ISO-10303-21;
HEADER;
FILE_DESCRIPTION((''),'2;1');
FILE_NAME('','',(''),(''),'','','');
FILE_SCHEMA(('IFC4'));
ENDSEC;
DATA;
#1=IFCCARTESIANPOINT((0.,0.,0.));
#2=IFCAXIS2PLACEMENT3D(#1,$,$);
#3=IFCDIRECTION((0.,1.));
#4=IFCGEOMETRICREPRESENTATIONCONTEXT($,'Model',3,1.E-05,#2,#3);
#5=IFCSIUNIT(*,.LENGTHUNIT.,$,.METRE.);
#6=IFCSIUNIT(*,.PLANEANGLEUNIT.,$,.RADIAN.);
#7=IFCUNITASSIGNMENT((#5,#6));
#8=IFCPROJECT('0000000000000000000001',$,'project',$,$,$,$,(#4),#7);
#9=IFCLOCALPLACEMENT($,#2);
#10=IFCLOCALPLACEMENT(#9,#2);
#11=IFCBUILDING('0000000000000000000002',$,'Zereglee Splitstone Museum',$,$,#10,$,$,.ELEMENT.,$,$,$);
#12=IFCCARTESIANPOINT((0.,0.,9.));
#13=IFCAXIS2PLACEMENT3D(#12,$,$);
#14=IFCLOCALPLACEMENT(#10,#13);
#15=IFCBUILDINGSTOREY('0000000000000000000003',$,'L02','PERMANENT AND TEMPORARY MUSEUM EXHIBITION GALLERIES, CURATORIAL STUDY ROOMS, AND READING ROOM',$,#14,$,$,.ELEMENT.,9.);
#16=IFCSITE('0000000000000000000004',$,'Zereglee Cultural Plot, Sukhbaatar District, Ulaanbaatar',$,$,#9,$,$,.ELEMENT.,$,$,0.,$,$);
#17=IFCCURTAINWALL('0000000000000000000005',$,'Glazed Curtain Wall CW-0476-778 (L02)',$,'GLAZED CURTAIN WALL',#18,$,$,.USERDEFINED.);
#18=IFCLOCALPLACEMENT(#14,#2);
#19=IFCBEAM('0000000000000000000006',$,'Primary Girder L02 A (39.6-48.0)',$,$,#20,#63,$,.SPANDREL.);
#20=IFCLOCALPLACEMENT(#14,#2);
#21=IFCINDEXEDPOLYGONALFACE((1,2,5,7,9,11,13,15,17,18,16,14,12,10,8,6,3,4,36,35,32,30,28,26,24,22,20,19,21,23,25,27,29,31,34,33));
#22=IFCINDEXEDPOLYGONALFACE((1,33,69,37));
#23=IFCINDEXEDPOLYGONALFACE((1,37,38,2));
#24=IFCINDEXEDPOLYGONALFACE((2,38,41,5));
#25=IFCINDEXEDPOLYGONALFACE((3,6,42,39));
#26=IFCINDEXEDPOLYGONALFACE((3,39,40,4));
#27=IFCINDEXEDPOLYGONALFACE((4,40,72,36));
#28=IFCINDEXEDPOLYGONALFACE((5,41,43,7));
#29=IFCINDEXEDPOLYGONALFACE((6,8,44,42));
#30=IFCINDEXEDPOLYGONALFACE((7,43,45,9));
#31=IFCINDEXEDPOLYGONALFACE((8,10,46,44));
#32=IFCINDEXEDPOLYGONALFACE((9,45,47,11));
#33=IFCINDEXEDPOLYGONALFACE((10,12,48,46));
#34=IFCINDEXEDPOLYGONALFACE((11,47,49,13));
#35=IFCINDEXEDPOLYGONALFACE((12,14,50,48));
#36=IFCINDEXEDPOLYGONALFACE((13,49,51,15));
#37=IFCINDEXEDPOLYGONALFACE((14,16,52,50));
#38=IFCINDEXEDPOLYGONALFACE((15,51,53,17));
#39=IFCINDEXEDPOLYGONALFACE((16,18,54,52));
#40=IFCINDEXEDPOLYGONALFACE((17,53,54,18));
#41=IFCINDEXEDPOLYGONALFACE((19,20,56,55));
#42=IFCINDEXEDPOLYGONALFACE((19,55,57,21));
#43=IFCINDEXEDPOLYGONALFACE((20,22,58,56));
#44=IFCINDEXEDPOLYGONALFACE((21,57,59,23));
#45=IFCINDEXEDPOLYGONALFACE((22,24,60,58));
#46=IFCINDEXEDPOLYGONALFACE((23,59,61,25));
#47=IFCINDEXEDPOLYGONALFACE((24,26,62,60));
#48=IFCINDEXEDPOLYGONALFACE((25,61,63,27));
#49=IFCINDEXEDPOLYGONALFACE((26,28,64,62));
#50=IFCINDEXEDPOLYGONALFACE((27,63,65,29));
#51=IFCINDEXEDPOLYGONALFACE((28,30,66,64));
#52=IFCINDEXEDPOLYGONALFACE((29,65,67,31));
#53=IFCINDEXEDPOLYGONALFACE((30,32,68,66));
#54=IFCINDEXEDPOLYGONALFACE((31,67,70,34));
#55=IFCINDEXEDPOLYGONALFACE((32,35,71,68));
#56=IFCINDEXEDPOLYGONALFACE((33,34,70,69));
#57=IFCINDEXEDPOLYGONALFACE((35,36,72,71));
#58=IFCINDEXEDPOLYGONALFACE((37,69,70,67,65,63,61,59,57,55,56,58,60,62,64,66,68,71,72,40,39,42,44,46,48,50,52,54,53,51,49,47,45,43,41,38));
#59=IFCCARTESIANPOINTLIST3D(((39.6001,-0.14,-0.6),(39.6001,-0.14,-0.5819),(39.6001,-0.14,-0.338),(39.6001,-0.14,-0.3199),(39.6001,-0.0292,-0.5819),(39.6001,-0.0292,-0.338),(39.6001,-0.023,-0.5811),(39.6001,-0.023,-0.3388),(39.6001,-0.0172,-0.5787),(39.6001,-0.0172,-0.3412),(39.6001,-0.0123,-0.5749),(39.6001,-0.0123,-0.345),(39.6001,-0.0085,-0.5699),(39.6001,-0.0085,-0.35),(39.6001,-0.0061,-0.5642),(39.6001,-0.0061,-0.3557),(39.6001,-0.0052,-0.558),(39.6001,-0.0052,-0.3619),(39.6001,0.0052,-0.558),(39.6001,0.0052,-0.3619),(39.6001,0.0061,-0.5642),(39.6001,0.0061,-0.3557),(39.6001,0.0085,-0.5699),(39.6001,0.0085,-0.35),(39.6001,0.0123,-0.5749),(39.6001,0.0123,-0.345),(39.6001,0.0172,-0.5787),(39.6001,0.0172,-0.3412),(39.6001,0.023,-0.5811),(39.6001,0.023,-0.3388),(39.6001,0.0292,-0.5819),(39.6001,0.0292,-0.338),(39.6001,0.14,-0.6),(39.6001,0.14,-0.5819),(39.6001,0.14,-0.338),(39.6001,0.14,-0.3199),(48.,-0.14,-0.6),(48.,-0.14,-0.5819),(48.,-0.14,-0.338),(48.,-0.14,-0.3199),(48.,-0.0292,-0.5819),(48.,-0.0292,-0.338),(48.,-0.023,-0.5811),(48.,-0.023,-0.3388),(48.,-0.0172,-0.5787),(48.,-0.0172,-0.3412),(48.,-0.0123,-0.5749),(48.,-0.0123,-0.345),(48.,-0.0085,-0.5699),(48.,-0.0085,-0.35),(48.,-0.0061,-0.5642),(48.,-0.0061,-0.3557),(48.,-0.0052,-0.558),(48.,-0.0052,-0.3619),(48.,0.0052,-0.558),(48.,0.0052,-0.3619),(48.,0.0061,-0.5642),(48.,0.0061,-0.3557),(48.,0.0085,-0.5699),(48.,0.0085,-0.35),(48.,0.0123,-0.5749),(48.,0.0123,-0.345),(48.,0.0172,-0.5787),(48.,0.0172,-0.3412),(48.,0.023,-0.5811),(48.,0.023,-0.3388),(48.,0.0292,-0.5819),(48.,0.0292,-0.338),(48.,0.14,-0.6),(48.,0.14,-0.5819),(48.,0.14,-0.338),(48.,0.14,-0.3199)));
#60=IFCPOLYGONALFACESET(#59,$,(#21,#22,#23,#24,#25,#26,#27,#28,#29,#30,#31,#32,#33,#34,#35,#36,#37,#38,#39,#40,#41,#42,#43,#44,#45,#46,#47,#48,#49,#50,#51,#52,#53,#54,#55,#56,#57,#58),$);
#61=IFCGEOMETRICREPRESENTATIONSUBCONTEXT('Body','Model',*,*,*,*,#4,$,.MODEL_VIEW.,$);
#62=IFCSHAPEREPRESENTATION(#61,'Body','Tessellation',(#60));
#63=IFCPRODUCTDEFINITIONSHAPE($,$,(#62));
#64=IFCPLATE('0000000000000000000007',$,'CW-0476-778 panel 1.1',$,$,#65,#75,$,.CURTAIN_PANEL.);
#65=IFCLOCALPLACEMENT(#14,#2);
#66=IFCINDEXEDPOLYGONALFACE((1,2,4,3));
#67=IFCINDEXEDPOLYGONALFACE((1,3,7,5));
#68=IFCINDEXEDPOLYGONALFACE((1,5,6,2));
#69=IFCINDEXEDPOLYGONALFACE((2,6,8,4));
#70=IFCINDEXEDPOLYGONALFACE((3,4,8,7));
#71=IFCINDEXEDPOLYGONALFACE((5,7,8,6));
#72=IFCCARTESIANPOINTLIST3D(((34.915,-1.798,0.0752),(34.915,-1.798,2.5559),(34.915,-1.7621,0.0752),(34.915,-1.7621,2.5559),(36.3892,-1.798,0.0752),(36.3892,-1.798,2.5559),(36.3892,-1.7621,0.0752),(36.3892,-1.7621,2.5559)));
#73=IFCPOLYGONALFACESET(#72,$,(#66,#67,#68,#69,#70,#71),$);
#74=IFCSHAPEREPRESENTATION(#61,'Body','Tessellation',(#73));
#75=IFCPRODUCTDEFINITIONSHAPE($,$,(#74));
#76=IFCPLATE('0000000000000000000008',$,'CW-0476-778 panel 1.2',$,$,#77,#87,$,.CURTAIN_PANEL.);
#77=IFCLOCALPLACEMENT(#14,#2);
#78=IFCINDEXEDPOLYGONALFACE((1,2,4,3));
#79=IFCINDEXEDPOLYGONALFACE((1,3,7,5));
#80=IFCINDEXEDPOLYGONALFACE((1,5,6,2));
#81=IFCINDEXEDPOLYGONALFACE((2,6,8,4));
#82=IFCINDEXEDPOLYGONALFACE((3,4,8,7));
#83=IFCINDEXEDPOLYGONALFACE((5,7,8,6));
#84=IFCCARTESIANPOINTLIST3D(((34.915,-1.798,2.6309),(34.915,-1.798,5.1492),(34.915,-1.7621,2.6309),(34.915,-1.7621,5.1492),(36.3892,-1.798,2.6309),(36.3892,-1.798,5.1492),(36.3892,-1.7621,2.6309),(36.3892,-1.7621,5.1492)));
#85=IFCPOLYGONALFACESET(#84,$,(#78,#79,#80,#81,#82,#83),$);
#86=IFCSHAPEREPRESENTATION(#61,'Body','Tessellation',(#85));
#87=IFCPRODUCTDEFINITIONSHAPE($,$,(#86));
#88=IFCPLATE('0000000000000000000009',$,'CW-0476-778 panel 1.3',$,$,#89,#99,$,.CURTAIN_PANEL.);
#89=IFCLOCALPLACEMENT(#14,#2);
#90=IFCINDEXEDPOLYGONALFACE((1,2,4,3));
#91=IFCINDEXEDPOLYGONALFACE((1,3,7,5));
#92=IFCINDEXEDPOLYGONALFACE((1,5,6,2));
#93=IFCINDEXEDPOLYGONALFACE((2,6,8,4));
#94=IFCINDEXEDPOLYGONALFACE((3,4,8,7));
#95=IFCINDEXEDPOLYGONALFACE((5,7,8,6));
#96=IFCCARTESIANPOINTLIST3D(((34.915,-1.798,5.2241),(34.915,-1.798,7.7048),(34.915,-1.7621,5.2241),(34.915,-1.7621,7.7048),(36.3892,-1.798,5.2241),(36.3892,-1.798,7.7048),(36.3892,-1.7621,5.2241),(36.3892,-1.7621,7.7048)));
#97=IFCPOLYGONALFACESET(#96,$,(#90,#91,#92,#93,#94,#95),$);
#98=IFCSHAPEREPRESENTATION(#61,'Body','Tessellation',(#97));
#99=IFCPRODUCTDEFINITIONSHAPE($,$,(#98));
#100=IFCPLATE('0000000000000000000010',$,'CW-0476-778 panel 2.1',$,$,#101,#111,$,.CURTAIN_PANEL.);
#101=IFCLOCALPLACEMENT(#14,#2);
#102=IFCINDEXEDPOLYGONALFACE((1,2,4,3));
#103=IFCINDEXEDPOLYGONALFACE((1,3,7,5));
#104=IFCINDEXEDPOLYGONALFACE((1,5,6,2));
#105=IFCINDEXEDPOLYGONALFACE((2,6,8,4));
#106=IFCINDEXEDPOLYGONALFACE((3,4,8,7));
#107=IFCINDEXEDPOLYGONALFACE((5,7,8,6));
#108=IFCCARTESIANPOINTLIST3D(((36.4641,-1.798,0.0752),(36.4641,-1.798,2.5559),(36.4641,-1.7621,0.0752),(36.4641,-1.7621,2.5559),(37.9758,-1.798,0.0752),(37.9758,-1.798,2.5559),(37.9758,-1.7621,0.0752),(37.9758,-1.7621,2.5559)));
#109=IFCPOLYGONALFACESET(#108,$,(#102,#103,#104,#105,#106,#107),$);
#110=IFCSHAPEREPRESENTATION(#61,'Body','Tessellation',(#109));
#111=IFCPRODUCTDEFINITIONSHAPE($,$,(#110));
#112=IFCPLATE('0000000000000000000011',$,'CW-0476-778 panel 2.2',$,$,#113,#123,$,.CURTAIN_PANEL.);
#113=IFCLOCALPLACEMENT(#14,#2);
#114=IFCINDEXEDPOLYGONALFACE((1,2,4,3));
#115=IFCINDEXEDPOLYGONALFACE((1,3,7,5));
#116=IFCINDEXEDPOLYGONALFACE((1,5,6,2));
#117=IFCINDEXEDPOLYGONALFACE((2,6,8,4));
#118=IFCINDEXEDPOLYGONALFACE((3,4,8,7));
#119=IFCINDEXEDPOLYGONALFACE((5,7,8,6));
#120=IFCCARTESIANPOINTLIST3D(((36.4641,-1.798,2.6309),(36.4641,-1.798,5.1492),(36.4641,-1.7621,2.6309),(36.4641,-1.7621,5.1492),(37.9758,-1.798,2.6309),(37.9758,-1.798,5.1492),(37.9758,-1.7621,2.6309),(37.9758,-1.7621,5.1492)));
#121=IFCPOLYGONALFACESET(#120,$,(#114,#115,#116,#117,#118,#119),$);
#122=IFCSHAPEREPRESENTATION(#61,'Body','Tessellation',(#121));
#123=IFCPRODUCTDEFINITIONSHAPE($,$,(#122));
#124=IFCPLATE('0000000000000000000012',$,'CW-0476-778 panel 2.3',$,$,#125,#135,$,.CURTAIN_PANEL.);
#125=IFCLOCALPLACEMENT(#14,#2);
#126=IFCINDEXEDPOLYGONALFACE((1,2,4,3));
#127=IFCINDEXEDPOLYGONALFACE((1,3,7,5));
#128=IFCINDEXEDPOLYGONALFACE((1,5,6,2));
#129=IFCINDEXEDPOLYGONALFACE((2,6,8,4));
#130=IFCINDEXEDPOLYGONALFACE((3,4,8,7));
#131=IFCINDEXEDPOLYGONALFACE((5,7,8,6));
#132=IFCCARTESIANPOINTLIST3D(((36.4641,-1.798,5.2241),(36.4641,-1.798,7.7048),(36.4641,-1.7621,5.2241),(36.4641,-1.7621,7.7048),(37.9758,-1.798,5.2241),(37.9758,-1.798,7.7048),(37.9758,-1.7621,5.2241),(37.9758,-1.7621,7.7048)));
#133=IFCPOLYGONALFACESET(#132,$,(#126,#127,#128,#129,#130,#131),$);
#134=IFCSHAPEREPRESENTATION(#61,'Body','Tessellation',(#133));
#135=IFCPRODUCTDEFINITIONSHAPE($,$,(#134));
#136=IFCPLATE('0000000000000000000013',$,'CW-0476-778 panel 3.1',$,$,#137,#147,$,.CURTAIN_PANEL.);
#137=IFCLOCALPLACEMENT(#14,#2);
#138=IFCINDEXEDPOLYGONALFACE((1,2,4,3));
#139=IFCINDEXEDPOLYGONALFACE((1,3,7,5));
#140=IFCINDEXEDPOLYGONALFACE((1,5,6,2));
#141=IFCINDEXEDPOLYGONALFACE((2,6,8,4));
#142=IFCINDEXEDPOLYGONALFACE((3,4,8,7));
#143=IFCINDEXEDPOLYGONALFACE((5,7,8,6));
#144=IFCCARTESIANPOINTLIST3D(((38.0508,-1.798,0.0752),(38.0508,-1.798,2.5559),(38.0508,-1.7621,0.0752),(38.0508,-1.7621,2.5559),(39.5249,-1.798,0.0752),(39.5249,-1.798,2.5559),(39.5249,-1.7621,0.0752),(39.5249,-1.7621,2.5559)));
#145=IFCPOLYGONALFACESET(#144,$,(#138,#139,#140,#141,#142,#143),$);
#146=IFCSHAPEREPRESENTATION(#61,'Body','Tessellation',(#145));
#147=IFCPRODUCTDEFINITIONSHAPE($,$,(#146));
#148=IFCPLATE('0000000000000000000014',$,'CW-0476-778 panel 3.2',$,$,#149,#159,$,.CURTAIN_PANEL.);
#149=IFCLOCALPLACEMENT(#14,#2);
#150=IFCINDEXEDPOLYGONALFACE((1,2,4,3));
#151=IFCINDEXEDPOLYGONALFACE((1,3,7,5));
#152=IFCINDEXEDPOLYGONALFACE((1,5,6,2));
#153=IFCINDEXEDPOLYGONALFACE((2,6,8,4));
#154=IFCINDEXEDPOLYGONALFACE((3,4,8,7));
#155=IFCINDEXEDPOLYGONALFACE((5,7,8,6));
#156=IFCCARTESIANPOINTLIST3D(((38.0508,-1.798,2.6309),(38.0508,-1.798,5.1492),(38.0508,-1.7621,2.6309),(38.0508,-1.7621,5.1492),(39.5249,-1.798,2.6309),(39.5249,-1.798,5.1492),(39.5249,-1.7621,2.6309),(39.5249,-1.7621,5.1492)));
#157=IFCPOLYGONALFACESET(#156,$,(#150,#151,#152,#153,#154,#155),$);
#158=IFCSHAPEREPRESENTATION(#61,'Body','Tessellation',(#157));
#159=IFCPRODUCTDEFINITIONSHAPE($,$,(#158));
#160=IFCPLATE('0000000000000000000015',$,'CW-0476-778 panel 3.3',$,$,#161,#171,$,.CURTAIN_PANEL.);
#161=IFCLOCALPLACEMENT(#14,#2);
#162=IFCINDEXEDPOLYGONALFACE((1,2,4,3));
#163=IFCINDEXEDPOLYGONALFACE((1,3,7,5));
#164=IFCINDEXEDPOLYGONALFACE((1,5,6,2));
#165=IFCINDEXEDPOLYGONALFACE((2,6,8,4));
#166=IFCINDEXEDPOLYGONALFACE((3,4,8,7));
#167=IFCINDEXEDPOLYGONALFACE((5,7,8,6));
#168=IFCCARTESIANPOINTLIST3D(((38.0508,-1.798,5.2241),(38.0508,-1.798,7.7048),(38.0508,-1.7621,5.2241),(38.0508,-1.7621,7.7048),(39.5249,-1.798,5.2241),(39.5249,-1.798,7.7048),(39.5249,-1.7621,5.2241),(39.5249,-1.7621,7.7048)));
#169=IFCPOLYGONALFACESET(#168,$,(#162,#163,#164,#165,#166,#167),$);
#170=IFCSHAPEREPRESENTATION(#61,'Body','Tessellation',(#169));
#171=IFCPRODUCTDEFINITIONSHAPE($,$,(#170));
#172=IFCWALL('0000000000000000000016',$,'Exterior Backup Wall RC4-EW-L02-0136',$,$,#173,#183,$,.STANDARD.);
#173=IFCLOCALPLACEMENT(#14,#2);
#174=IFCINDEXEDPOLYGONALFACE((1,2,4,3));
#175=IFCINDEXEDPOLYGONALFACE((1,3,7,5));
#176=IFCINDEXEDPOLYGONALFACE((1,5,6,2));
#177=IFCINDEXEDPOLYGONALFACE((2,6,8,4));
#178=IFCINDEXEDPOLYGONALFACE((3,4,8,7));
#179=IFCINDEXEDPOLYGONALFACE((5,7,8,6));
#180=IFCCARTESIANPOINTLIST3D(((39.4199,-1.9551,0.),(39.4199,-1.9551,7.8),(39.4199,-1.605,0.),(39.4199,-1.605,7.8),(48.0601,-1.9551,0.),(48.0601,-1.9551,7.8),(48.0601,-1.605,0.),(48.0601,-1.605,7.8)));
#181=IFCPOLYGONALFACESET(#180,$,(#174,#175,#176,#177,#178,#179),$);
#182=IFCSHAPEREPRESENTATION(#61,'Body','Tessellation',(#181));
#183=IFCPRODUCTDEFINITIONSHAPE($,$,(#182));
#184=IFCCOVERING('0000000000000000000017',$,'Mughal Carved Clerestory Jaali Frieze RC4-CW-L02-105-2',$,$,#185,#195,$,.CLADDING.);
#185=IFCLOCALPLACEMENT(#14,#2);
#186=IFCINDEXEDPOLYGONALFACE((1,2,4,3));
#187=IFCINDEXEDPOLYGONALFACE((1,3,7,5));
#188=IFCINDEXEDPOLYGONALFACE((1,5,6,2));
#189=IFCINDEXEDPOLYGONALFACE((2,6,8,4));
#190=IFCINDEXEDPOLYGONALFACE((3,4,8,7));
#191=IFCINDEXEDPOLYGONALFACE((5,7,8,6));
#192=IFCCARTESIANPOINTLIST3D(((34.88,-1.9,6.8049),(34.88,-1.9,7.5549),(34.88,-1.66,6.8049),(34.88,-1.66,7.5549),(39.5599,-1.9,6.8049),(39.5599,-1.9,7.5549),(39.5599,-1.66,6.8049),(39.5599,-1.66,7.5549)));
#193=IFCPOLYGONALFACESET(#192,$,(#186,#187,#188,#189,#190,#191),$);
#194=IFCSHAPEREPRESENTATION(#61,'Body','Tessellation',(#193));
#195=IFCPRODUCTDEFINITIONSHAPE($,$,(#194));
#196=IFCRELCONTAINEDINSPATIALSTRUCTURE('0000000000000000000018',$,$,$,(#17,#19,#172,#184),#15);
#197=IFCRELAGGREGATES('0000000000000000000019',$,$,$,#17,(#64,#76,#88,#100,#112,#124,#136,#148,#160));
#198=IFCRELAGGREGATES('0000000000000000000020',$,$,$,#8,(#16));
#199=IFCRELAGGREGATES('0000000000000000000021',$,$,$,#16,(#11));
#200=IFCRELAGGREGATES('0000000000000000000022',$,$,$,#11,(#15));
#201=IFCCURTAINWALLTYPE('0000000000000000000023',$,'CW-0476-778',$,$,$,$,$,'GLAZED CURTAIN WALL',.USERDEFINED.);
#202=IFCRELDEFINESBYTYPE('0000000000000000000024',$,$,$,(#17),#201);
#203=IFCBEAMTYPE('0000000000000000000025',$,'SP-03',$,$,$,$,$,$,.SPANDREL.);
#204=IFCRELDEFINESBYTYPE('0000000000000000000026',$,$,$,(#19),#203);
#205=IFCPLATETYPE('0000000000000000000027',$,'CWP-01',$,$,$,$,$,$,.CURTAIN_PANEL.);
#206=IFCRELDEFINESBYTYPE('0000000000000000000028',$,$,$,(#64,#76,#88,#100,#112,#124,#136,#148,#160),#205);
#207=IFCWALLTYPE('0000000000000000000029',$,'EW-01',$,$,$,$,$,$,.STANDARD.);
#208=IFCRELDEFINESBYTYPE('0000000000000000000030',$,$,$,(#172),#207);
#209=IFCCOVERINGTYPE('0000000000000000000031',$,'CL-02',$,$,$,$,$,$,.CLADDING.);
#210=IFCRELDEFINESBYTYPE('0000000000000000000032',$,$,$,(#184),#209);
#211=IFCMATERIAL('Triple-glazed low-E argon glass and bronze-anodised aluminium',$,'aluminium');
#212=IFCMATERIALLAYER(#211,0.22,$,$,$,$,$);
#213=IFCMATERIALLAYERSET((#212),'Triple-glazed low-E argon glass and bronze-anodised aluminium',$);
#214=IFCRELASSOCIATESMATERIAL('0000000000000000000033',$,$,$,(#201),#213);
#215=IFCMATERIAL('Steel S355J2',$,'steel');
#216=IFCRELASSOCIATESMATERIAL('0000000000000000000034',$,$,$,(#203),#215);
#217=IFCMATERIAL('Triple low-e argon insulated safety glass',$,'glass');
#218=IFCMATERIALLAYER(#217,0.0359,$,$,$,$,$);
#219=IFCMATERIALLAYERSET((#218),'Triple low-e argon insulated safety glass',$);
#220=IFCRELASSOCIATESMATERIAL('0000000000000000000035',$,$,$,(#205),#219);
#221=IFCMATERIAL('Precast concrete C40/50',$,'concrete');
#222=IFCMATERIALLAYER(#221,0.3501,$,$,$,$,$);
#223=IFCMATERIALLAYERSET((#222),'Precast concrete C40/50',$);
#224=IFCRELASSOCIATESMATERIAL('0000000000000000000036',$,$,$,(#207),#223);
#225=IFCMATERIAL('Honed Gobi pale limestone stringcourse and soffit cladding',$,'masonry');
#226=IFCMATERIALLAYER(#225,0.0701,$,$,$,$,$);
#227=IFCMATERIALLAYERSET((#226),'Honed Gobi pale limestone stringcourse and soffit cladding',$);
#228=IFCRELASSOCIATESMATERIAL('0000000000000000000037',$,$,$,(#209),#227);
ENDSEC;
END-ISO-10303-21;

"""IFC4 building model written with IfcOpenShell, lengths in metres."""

from ifc_helpers import new_model, si_unit, direction, frame, frame_2d, origin, origin_2d, place, context, subcontext, project, spatial, rectangle, i_section, extrude, material, layer, layer_set, material_profile, profile_set, type_object, element, aggregate, save


model = new_model("IFC4")

# Units and contexts
model_context = context("Model", 3, precision=1e-05, world=origin(), true_north=direction((0.0, 1.0)))
body_context = subcontext(model_context, "Body", "Model", "MODEL_VIEW")
ifc_project = project(units=[si_unit("LENGTHUNIT", "METRE"), si_unit("PLANEANGLEUNIT", "RADIAN")], contexts=[model_context])

# Site, building, storey
site_placement = place(None, origin())
site = spatial("IfcSite", under=ifc_project, at=site_placement, Name="Zereglee Cultural Plot, Sukhbaatar District, Ulaanbaatar", CompositionType="ELEMENT", RefElevation=0.0)
building_placement = place(site_placement, origin())
building = spatial("IfcBuilding", under=site, at=building_placement, Name="Zereglee Splitstone Museum", CompositionType="ELEMENT")
storey_placement = place(building_placement, frame((0.0, 0.0, 9.0)))
storey = spatial("IfcBuildingStorey", under=building, at=storey_placement, Name="L02", Description="PERMANENT AND TEMPORARY MUSEUM EXHIBITION GALLERIES, CURATORIAL STUDY ROOMS, AND READING ROOM", CompositionType="ELEMENT", Elevation=9.0)

# Shared definitions
ifc_material_1 = material(Name="Steel S355J2", Category="steel")

# Curtain wall
ifc_material_2 = material(Name="Triple-glazed low-E argon glass and bronze-anodised aluminium", Category="aluminium")
ifc_layer_1 = layer(ifc_material_2, 0.22)
ifc_layer_set_1 = layer_set([ifc_layer_1], Name="Triple-glazed low-E argon glass and bronze-anodised aluminium")
curtain_wall_type = type_object("IfcCurtainWallType", Name="CW-0476-778", ElementType="GLAZED CURTAIN WALL", PredefinedType="USERDEFINED", material=ifc_layer_set_1)
curtain_wall_placement = place(storey_placement, origin())
curtain_wall = element("IfcCurtainWall", 1, at=curtain_wall_placement, inside=storey, type_object=curtain_wall_type, Name="Glazed Curtain Wall CW-0476-778 (L02)", ObjectType="GLAZED CURTAIN WALL", PredefinedType="USERDEFINED")

# Beam
ifc_material_profile_1 = material_profile(ifc_material_1, i_section(OverallWidth=0.28, OverallDepth=0.28, WebThickness=0.0105, FlangeThickness=0.0181, FilletRadius=0.0239, at=origin_2d()), Name="HE 280 B")
ifc_profile_set_1 = profile_set([ifc_material_profile_1], Name="Steel S355J2")
beam_type_1 = type_object("IfcBeamType", Name="SP-03", PredefinedType="SPANDREL", material=ifc_profile_set_1)
beam_1_placement = place(storey_placement, frame((39.6001, 0.0, -0.46), z_axis=(1.0, 0.0, 0.0), x_axis=(0.0, 1.0, 0.0)))
element("IfcBeam", 2, at=beam_1_placement, inside=storey, type_object=beam_type_1, Name="Primary Girder L02 A (39.6-48.0)", PredefinedType="SPANDREL", context=body_context, shape_type="SweptSolid", body=[
    extrude(i_section(OverallWidth=0.28, OverallDepth=0.28, WebThickness=0.0105, FlangeThickness=0.0181, FilletRadius=0.0239, at=origin_2d()), origin(), (0.0, 0.0, 1.0), 8.3999),
])

# Plates
ifc_material_3 = material(Name="Triple low-e argon insulated safety glass", Category="glass")
ifc_layer_2 = layer(ifc_material_3, 0.0359)
ifc_layer_set_2 = layer_set([ifc_layer_2], Name="Triple low-e argon insulated safety glass")
plate_type = type_object("IfcPlateType", Name="CWP-01", PredefinedType="CURTAIN_PANEL", material=ifc_layer_set_2)
plate_1_placement = place(storey_placement, frame((35.6521, -1.78, 0.0752), z_axis=(0.0, 0.0, 1.0), x_axis=(1.0, 0.0, 0.0)))
plate_1 = element("IfcPlate", 3, at=plate_1_placement, type_object=plate_type, Name="CW-0476-778 panel 1.1", PredefinedType="CURTAIN_PANEL", context=body_context, shape_type="SweptSolid", body=[
    extrude(rectangle(XDim=1.4741, YDim=0.0359, at=origin_2d()), origin(), (0.0, 0.0, 1.0), 2.4807),
])
plate_2_placement = place(storey_placement, frame((35.6521, -1.78, 2.6309), z_axis=(0.0, 0.0, 1.0), x_axis=(1.0, 0.0, 0.0)))
plate_2 = element("IfcPlate", 4, at=plate_2_placement, type_object=plate_type, Name="CW-0476-778 panel 1.2", PredefinedType="CURTAIN_PANEL", context=body_context, shape_type="SweptSolid", body=[
    extrude(rectangle(XDim=1.4741, YDim=0.0359, at=origin_2d()), origin(), (0.0, 0.0, 1.0), 2.5183),
])
plate_3_placement = place(storey_placement, frame((35.6521, -1.78, 5.2241), z_axis=(0.0, 0.0, 1.0), x_axis=(1.0, 0.0, 0.0)))
plate_3 = element("IfcPlate", 5, at=plate_3_placement, type_object=plate_type, Name="CW-0476-778 panel 1.3", PredefinedType="CURTAIN_PANEL", context=body_context, shape_type="SweptSolid", body=[
    extrude(rectangle(XDim=1.4741, YDim=0.0359, at=origin_2d()), origin(), (0.0, 0.0, 1.0), 2.4807),
])
plate_4_placement = place(storey_placement, frame((37.22, -1.78, 0.0752), z_axis=(0.0, 0.0, 1.0), x_axis=(1.0, 0.0, 0.0)))
plate_4 = element("IfcPlate", 6, at=plate_4_placement, type_object=plate_type, Name="CW-0476-778 panel 2.1", PredefinedType="CURTAIN_PANEL", context=body_context, shape_type="SweptSolid", body=[
    extrude(rectangle(XDim=1.5117, YDim=0.0359, at=origin_2d()), origin(), (0.0, 0.0, 1.0), 2.4807),
])
plate_5_placement = place(storey_placement, frame((37.22, -1.78, 2.6309), z_axis=(0.0, 0.0, 1.0), x_axis=(1.0, 0.0, 0.0)))
plate_5 = element("IfcPlate", 7, at=plate_5_placement, type_object=plate_type, Name="CW-0476-778 panel 2.2", PredefinedType="CURTAIN_PANEL", context=body_context, shape_type="SweptSolid", body=[
    extrude(rectangle(XDim=1.5117, YDim=0.0359, at=origin_2d()), origin(), (0.0, 0.0, 1.0), 2.5183),
])
plate_6_placement = place(storey_placement, frame((37.22, -1.78, 5.2241), z_axis=(0.0, 0.0, 1.0), x_axis=(1.0, 0.0, 0.0)))
plate_6 = element("IfcPlate", 8, at=plate_6_placement, type_object=plate_type, Name="CW-0476-778 panel 2.3", PredefinedType="CURTAIN_PANEL", context=body_context, shape_type="SweptSolid", body=[
    extrude(rectangle(XDim=1.5117, YDim=0.0359, at=origin_2d()), origin(), (0.0, 0.0, 1.0), 2.4807),
])
plate_7_placement = place(storey_placement, frame((38.7878, -1.78, 0.0752), z_axis=(0.0, 0.0, 1.0), x_axis=(1.0, 0.0, 0.0)))
plate_7 = element("IfcPlate", 9, at=plate_7_placement, type_object=plate_type, Name="CW-0476-778 panel 3.1", PredefinedType="CURTAIN_PANEL", context=body_context, shape_type="SweptSolid", body=[
    extrude(rectangle(XDim=1.4741, YDim=0.0359, at=origin_2d()), origin(), (0.0, 0.0, 1.0), 2.4807),
])
plate_8_placement = place(storey_placement, frame((38.7878, -1.78, 2.6309), z_axis=(0.0, 0.0, 1.0), x_axis=(1.0, 0.0, 0.0)))
plate_8 = element("IfcPlate", 10, at=plate_8_placement, type_object=plate_type, Name="CW-0476-778 panel 3.2", PredefinedType="CURTAIN_PANEL", context=body_context, shape_type="SweptSolid", body=[
    extrude(rectangle(XDim=1.4741, YDim=0.0359, at=origin_2d()), origin(), (0.0, 0.0, 1.0), 2.5183),
])
plate_9_placement = place(storey_placement, frame((38.7878, -1.78, 5.2241), z_axis=(0.0, 0.0, 1.0), x_axis=(1.0, 0.0, 0.0)))
plate_9 = element("IfcPlate", 11, at=plate_9_placement, type_object=plate_type, Name="CW-0476-778 panel 3.3", PredefinedType="CURTAIN_PANEL", context=body_context, shape_type="SweptSolid", body=[
    extrude(rectangle(XDim=1.4741, YDim=0.0359, at=origin_2d()), origin(), (0.0, 0.0, 1.0), 2.4807),
])
aggregate(curtain_wall, [plate_1, plate_2, plate_3, plate_4, plate_5, plate_6, plate_7, plate_8, plate_9])

# Wall
ifc_material_4 = material(Name="Precast concrete C40/50", Category="concrete")
ifc_layer_3 = layer(ifc_material_4, 0.3501)
ifc_layer_set_3 = layer_set([ifc_layer_3], Name="Precast concrete C40/50")
wall_type = type_object("IfcWallType", Name="EW-01", PredefinedType="STANDARD", material=ifc_layer_set_3)
wall_placement = place(storey_placement, frame((39.4199, -1.78, 0.0), z_axis=(0.0, 0.0, 1.0), x_axis=(1.0, 0.0, 0.0)))
element("IfcWall", 12, at=wall_placement, inside=storey, type_object=wall_type, Name="Exterior Backup Wall RC4-EW-L02-0136", PredefinedType="STANDARD", context=body_context, shape_type="SweptSolid", body=[
    extrude(rectangle(XDim=8.6401, YDim=0.3501, at=frame_2d((4.3201, 0.0))), origin(), (0.0, 0.0, 1.0), 7.8),
])

# Covering
ifc_material_5 = material(Name="Honed Gobi pale limestone stringcourse and soffit cladding", Category="masonry")
ifc_layer_4 = layer(ifc_material_5, 0.0701)
ifc_layer_set_4 = layer_set([ifc_layer_4], Name="Honed Gobi pale limestone stringcourse and soffit cladding")
covering_type = type_object("IfcCoveringType", Name="CL-02", PredefinedType="CLADDING", material=ifc_layer_set_4)
covering_placement = place(storey_placement, frame((37.22, -1.78, 6.8049), z_axis=(0.0, 0.0, 1.0), x_axis=(1.0, 0.0, 0.0)))
element("IfcCovering", 13, at=covering_placement, inside=storey, type_object=covering_type, Name="Mughal Carved Clerestory Jaali Frieze RC4-CW-L02-105-2", PredefinedType="CLADDING", context=body_context, shape_type="SweptSolid", body=[
    extrude(rectangle(XDim=4.6799, YDim=0.24, at=origin_2d()), origin(), (0.0, 0.0, 1.0), 0.75),
])

save(model, "model.ifc")
